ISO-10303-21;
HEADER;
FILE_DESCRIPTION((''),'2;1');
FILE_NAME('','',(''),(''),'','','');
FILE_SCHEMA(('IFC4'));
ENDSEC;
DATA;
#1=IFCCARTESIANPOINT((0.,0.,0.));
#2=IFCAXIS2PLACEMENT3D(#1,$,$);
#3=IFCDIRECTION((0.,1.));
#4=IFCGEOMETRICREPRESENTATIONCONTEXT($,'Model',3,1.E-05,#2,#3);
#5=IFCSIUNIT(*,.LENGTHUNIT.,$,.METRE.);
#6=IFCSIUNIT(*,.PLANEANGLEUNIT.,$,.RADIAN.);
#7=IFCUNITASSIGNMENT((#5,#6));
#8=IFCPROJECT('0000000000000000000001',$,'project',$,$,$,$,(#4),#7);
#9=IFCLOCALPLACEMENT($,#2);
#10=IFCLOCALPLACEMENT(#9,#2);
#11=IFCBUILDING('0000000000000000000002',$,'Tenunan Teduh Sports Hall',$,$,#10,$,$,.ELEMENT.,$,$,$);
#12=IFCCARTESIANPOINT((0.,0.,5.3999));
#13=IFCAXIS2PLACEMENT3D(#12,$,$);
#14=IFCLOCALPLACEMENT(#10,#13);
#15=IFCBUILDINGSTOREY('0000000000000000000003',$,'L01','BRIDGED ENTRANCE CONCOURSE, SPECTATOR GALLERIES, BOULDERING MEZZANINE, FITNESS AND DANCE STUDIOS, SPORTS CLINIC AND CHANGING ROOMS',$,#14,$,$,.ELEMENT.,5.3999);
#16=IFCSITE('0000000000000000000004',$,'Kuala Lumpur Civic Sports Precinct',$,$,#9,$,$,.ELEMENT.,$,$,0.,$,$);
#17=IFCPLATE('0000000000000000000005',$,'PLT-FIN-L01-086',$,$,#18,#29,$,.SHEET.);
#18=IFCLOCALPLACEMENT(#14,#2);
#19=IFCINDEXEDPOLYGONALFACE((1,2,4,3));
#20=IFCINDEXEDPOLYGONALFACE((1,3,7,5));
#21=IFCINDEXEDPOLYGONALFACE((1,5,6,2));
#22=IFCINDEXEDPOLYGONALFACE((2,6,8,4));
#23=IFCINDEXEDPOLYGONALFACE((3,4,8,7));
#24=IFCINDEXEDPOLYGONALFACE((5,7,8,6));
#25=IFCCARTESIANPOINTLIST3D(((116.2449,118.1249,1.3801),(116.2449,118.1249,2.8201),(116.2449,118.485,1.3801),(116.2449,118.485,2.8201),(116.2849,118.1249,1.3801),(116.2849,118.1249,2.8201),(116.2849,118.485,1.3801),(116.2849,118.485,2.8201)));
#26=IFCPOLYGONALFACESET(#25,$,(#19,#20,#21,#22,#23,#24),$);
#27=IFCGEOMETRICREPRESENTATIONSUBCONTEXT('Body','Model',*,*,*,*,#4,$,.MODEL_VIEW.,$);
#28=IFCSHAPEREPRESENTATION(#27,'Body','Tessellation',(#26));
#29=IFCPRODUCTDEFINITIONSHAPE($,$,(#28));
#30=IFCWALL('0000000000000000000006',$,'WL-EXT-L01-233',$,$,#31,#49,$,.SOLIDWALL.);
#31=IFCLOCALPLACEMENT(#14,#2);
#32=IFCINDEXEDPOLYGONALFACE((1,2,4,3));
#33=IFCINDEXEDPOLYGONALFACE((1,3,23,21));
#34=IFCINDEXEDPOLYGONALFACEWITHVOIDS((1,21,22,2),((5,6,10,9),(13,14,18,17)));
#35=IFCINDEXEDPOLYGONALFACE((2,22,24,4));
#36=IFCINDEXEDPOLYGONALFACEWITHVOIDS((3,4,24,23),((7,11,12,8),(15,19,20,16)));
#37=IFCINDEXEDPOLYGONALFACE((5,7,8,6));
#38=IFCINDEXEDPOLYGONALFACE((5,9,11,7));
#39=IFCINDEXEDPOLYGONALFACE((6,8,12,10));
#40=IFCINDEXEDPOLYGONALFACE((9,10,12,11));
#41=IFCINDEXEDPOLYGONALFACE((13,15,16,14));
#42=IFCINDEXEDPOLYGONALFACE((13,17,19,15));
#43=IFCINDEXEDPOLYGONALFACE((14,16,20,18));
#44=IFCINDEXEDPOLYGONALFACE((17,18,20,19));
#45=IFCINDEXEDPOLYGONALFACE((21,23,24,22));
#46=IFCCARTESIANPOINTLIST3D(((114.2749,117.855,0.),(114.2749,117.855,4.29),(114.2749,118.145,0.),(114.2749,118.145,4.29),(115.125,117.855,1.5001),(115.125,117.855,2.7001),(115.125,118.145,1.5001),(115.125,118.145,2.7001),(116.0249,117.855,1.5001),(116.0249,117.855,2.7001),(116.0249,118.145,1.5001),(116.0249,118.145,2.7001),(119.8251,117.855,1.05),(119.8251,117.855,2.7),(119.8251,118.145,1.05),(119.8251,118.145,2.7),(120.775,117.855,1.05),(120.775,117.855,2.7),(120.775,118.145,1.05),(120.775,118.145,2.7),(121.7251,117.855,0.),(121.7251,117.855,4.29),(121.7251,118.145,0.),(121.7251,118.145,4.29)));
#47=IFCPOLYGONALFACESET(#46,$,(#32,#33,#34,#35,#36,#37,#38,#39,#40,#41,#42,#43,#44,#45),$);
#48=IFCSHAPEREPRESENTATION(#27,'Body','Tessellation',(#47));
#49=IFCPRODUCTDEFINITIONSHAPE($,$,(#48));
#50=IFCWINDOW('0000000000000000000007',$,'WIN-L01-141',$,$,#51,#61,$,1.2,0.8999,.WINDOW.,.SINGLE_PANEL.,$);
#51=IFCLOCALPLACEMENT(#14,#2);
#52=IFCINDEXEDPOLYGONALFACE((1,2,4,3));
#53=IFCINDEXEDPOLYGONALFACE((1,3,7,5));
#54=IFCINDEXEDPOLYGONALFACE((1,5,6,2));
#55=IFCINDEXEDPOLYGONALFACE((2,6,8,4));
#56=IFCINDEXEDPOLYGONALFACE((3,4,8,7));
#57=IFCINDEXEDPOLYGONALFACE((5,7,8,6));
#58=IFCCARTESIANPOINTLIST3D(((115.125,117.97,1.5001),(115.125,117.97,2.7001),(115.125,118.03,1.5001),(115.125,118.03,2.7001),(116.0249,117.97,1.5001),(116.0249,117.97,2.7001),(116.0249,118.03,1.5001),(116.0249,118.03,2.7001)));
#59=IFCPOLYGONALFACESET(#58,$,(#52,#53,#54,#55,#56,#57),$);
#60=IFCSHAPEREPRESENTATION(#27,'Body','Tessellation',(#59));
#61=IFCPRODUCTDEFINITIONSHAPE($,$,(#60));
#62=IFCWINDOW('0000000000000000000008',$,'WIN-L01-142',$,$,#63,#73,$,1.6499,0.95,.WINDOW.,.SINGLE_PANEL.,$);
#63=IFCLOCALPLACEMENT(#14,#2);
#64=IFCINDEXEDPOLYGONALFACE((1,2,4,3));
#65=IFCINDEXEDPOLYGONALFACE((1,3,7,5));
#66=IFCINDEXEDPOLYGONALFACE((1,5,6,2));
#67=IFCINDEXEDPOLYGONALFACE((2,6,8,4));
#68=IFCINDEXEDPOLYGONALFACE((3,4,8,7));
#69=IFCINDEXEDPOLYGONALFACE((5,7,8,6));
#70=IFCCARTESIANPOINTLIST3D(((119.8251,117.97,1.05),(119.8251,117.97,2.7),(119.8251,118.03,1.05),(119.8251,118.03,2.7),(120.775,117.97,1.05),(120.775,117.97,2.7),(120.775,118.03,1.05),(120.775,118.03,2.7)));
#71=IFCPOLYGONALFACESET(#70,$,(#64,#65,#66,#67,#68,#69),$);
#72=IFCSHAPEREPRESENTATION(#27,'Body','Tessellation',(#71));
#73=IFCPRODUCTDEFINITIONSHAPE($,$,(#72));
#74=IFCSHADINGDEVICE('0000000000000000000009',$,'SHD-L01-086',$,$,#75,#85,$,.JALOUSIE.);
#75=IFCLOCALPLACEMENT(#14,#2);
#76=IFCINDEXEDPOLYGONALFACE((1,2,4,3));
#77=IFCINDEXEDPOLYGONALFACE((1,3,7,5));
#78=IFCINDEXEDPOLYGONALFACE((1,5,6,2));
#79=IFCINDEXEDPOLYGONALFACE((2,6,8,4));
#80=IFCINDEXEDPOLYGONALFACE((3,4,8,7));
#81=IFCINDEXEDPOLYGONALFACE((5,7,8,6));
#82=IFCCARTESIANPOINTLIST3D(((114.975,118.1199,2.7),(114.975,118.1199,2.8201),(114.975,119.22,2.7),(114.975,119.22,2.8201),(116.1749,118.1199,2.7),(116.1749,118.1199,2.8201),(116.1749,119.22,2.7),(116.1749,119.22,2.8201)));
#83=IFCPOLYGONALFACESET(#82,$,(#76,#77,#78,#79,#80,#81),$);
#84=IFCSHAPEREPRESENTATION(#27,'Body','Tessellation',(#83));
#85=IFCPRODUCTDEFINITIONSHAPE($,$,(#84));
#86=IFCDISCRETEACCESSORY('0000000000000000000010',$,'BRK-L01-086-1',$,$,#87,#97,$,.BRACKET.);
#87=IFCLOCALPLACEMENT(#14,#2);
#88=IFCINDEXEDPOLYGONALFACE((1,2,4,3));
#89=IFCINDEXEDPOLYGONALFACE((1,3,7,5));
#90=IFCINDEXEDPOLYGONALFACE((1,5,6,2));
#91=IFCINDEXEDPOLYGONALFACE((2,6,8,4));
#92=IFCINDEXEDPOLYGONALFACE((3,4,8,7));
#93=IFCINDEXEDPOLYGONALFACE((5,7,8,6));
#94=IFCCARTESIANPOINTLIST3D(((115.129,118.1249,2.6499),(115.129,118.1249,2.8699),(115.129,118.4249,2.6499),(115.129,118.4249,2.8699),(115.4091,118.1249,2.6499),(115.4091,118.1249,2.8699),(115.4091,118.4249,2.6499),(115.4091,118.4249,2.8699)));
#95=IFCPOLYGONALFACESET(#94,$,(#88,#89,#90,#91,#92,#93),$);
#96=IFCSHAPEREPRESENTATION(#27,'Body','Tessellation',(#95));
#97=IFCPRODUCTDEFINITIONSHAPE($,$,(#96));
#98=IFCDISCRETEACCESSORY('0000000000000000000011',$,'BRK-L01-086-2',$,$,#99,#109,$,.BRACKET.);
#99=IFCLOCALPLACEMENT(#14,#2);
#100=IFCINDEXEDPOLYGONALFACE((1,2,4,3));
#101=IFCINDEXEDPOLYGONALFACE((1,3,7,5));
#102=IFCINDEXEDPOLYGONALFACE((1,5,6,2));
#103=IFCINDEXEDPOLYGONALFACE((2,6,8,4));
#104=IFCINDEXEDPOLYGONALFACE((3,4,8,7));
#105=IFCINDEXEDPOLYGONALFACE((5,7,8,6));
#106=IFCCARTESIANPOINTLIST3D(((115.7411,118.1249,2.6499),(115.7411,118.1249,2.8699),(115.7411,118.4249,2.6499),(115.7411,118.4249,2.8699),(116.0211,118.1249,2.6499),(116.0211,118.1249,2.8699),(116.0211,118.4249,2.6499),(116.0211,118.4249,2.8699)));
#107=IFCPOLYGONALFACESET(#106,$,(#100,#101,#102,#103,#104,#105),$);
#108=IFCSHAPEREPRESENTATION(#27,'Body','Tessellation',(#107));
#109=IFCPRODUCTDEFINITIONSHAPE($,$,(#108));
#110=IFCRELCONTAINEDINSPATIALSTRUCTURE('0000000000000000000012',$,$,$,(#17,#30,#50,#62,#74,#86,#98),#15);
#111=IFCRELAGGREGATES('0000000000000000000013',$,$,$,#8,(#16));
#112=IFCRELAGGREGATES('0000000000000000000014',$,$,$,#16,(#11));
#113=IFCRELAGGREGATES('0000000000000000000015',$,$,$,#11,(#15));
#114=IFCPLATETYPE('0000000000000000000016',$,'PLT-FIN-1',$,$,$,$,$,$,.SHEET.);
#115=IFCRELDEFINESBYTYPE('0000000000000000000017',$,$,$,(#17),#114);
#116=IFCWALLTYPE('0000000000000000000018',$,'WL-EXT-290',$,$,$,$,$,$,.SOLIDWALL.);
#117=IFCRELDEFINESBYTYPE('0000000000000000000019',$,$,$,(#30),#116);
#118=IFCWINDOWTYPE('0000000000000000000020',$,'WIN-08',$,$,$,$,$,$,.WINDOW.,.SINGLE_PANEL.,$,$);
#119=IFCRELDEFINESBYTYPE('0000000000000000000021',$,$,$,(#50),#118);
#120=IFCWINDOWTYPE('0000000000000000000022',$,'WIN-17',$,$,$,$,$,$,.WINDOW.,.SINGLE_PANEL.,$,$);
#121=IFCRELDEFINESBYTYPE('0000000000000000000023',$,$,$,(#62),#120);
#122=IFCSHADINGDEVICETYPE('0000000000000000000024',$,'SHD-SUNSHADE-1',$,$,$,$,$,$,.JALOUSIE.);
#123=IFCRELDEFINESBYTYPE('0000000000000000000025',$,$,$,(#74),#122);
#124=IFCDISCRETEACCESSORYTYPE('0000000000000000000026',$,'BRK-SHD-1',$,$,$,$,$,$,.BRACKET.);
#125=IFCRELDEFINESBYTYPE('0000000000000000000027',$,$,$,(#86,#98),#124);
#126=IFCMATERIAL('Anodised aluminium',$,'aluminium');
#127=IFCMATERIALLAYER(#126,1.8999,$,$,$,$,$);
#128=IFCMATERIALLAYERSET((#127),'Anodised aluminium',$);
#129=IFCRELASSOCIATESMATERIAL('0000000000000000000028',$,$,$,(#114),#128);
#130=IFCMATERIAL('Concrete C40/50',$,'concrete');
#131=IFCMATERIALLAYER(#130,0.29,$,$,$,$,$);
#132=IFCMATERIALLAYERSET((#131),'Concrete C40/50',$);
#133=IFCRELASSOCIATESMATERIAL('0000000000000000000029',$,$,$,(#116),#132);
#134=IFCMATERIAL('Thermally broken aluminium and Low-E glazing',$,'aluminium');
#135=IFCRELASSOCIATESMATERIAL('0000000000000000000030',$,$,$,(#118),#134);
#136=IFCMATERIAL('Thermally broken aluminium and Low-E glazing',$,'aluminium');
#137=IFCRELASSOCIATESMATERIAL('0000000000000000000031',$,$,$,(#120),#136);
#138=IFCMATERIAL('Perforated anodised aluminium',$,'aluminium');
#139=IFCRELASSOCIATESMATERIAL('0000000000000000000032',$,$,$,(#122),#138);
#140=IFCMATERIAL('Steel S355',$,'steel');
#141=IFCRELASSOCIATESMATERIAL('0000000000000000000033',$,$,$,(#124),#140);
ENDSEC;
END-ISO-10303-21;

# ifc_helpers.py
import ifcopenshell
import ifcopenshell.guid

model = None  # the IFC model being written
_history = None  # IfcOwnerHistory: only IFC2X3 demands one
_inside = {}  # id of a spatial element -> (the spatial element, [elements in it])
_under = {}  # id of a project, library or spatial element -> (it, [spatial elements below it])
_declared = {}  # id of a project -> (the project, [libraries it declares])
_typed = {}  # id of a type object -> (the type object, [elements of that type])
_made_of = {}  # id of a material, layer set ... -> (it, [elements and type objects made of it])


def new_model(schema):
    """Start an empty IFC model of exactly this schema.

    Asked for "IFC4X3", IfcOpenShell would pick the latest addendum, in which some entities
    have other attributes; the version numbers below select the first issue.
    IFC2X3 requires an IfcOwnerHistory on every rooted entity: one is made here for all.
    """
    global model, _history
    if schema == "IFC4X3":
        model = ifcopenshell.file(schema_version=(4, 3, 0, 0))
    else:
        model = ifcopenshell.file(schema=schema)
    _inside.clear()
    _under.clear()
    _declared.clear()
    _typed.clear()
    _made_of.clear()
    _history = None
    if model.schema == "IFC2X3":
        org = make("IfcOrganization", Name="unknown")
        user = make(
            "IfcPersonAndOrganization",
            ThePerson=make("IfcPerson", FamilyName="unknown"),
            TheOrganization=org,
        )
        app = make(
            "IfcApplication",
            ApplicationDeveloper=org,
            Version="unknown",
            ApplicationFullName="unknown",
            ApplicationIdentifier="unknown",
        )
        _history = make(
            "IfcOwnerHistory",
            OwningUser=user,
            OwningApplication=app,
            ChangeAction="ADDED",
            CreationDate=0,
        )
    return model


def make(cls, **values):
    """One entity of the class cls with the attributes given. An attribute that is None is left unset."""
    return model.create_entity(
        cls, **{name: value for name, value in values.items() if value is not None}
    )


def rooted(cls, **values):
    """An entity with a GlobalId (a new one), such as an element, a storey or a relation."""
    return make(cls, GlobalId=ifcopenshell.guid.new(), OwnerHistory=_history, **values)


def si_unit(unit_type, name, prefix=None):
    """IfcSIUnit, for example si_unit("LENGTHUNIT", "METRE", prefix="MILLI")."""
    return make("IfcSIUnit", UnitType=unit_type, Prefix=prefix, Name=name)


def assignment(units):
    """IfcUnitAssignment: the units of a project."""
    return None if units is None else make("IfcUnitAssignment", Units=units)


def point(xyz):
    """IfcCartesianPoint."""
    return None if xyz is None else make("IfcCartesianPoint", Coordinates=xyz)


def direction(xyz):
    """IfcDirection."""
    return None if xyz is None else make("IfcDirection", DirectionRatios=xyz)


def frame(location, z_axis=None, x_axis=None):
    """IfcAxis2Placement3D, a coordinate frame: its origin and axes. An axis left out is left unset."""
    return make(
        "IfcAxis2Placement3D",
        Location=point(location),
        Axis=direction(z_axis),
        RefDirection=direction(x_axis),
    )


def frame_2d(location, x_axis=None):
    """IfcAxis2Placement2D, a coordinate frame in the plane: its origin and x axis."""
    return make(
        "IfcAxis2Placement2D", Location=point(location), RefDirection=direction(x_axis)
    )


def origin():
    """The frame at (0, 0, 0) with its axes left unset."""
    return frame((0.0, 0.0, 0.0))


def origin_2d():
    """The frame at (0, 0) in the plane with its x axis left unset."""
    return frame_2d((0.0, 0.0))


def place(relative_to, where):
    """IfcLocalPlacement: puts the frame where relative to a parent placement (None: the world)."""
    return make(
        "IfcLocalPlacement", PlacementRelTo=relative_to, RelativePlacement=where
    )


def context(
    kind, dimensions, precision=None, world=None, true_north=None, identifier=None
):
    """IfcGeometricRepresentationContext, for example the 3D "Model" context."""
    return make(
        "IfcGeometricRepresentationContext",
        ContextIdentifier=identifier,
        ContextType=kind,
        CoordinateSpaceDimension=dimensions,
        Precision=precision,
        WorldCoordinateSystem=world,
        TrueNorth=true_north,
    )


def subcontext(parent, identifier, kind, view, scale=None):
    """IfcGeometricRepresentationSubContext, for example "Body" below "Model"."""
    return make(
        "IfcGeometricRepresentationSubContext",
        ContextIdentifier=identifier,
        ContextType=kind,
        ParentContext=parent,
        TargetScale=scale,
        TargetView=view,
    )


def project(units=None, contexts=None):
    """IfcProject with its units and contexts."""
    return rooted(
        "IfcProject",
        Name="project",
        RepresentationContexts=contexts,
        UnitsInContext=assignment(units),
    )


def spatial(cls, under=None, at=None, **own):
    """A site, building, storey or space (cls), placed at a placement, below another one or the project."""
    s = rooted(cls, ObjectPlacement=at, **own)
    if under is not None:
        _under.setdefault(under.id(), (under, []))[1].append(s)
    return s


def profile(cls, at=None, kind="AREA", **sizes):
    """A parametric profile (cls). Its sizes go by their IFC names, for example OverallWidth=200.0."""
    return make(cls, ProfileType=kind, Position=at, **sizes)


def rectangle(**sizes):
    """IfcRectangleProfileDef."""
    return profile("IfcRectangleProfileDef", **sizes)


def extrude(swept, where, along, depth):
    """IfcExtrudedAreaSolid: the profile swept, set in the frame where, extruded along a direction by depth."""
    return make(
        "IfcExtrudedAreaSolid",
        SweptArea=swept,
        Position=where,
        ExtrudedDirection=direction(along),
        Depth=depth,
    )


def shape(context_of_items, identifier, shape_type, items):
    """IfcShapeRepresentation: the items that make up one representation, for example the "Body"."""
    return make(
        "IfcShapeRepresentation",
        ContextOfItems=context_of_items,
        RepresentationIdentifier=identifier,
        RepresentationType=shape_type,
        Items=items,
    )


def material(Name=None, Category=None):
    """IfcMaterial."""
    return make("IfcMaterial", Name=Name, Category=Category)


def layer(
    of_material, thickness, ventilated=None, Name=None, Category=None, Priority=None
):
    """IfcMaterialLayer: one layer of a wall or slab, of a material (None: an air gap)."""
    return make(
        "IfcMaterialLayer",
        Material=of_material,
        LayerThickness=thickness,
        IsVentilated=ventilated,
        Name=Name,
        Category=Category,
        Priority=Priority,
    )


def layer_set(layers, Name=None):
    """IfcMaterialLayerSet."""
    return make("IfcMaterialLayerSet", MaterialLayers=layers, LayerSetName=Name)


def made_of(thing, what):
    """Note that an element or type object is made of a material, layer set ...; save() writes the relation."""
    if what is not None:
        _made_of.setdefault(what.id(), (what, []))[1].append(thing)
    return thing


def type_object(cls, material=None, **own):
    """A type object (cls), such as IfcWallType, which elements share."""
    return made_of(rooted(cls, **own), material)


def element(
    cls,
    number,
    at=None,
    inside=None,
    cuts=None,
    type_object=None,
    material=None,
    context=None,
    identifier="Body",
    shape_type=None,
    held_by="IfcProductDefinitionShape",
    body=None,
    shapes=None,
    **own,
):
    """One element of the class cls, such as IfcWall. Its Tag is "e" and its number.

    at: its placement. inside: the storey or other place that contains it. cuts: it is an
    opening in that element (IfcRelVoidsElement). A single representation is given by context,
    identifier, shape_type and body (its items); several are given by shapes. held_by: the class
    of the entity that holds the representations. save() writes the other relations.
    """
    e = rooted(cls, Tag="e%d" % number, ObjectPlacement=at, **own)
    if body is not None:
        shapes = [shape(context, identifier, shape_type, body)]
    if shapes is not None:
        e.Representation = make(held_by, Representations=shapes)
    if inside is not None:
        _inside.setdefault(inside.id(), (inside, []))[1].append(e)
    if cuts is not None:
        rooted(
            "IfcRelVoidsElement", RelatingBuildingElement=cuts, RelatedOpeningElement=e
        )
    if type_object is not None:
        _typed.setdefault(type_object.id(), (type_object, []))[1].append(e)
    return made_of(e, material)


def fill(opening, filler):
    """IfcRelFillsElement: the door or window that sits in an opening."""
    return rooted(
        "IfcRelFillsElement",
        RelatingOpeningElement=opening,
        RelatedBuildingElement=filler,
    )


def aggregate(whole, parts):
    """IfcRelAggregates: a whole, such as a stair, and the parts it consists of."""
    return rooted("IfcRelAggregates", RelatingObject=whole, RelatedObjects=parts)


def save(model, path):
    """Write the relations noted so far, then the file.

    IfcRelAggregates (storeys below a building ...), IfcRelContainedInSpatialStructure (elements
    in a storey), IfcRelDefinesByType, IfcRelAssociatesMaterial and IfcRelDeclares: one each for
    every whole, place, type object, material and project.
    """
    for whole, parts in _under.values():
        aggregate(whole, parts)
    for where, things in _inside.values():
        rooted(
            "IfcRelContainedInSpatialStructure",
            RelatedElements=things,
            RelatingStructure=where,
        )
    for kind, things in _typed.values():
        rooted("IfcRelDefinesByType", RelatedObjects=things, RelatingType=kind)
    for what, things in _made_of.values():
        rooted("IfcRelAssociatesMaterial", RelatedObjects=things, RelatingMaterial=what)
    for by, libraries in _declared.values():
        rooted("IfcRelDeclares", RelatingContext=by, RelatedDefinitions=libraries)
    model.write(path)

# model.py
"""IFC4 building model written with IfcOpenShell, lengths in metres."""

from ifc_helpers import new_model, si_unit, direction, frame, frame_2d, origin, origin_2d, place, context, subcontext, project, spatial, rectangle, extrude, material, layer, layer_set, type_object, element, fill, save


model = new_model("IFC4")

# Units and contexts
model_context = context("Model", 3, precision=1e-05, world=origin(), true_north=direction((0.0, 1.0)))
body_context = subcontext(model_context, "Body", "Model", "MODEL_VIEW")
ifc_project = project(units=[si_unit("LENGTHUNIT", "METRE"), si_unit("PLANEANGLEUNIT", "RADIAN")], contexts=[model_context])

# Site, building, storey
site_placement = place(None, origin())
site = spatial("IfcSite", under=ifc_project, at=site_placement, Name="Kuala Lumpur Civic Sports Precinct", CompositionType="ELEMENT", RefElevation=0.0)
building_placement = place(site_placement, origin())
building = spatial("IfcBuilding", under=site, at=building_placement, Name="Tenunan Teduh Sports Hall", CompositionType="ELEMENT")
storey_placement = place(building_placement, frame((0.0, 0.0, 5.3999)))
storey = spatial("IfcBuildingStorey", under=building, at=storey_placement, Name="L01", Description="BRIDGED ENTRANCE CONCOURSE, SPECTATOR GALLERIES, BOULDERING MEZZANINE, FITNESS AND DANCE STUDIOS, SPORTS CLINIC AND CHANGING ROOMS", CompositionType="ELEMENT", Elevation=5.3999)

# Plate
ifc_material_1 = material(Name="Anodised aluminium", Category="aluminium")
ifc_layer_1 = layer(ifc_material_1, 1.8999)
ifc_layer_set_1 = layer_set([ifc_layer_1], Name="Anodised aluminium")
plate_type_1 = type_object("IfcPlateType", Name="PLT-FIN-1", PredefinedType="SHEET", material=ifc_layer_set_1)
plate_1_placement = place(storey_placement, frame((116.2649, 118.3049, 1.3801), z_axis=(0.0, 0.0, 1.0), x_axis=(1.0, 0.0, 0.0)))
element("IfcPlate", 1, at=plate_1_placement, inside=storey, type_object=plate_type_1, Name="PLT-FIN-L01-086", PredefinedType="SHEET", context=body_context, shape_type="SweptSolid", body=[
    extrude(rectangle(XDim=0.04, YDim=0.3601, at=origin_2d()), origin(), (0.0, 0.0, 1.0), 1.4399),
])

# Wall, openings, windows
ifc_material_2 = material(Name="Concrete C40/50", Category="concrete")
ifc_layer_2 = layer(ifc_material_2, 0.29)
ifc_layer_set_2 = layer_set([ifc_layer_2], Name="Concrete C40/50")
wall_type = type_object("IfcWallType", Name="WL-EXT-290", PredefinedType="SOLIDWALL", material=ifc_layer_set_2)
wall_placement = place(storey_placement, frame((114.2749, 118.0, 0.0), z_axis=(0.0, 0.0, 1.0), x_axis=(1.0, 0.0, 0.0)))
wall = element("IfcWall", 2, at=wall_placement, inside=storey, type_object=wall_type, Name="WL-EXT-L01-233", PredefinedType="SOLIDWALL", context=body_context, shape_type="SweptSolid", body=[
    extrude(rectangle(XDim=7.4502, YDim=0.29, at=frame_2d((3.7251, 0.0))), origin(), (0.0, 0.0, 1.0), 4.29),
])
opening_1_placement = place(wall_placement, frame((0.8501, 0.0, 1.5)))
opening_1 = element("IfcOpeningElement", 3, at=opening_1_placement, cuts=wall, PredefinedType="OPENING", context=body_context, shape_type="SweptSolid", body=[
    extrude(rectangle(XDim=0.8999, YDim=1.2, at=frame_2d((0.45, 0.6001))), frame((0.0, 0.155, 0.0), z_axis=(0.0, -1.0, 0.0), x_axis=(1.0, 0.0, 0.0)), (0.0, 0.0, 1.0), 0.3101),
])
opening_2_placement = place(wall_placement, frame((5.55, 0.0, 1.05)))
opening_2 = element("IfcOpeningElement", 4, at=opening_2_placement, cuts=wall, PredefinedType="OPENING", context=body_context, shape_type="SweptSolid", body=[
    extrude(rectangle(XDim=0.95, YDim=1.6499, at=frame_2d((0.4751, 0.825))), frame((0.0, 0.155, 0.0), z_axis=(0.0, -1.0, 0.0), x_axis=(1.0, 0.0, 0.0)), (0.0, 0.0, 1.0), 0.3101),
])
ifc_material_3 = material(Name="Thermally broken aluminium and Low-E glazing", Category="aluminium")
window_type_1 = type_object("IfcWindowType", Name="WIN-08", PartitioningType="SINGLE_PANEL", PredefinedType="WINDOW", material=ifc_material_3)
window_1_placement = place(opening_1_placement, origin())
window_1 = element("IfcWindow", 5, at=window_1_placement, inside=storey, type_object=window_type_1, Name="WIN-L01-141", OverallHeight=1.2, OverallWidth=0.8999, PartitioningType="SINGLE_PANEL", PredefinedType="WINDOW", context=body_context, shape_type="SweptSolid", body=[
    extrude(rectangle(XDim=0.8999, YDim=1.2, at=frame_2d((0.45, 0.6001))), frame((0.0, 0.03, 0.0), z_axis=(0.0, -1.0, 0.0), x_axis=(1.0, 0.0, 0.0)), (0.0, 0.0, 1.0), 0.0601),
])
fill(opening_1, window_1)
ifc_material_4 = material(Name="Thermally broken aluminium and Low-E glazing", Category="aluminium")
window_type_2 = type_object("IfcWindowType", Name="WIN-17", PartitioningType="SINGLE_PANEL", PredefinedType="WINDOW", material=ifc_material_4)
window_2_placement = place(opening_2_placement, origin())
window_2 = element("IfcWindow", 6, at=window_2_placement, inside=storey, type_object=window_type_2, Name="WIN-L01-142", OverallHeight=1.6499, OverallWidth=0.95, PartitioningType="SINGLE_PANEL", PredefinedType="WINDOW", context=body_context, shape_type="SweptSolid", body=[
    extrude(rectangle(XDim=0.95, YDim=1.6499, at=frame_2d((0.4751, 0.825))), frame((0.0, 0.03, 0.0), z_axis=(0.0, -1.0, 0.0), x_axis=(1.0, 0.0, 0.0)), (0.0, 0.0, 1.0), 0.0601),
])
fill(opening_2, window_2)

# Shading device
ifc_material_5 = material(Name="Perforated anodised aluminium", Category="aluminium")
shading_device_type = type_object("IfcShadingDeviceType", Name="SHD-SUNSHADE-1", PredefinedType="JALOUSIE", material=ifc_material_5)
shading_device_placement = place(storey_placement, frame((115.575, 118.6699, 2.7), z_axis=(0.0, 0.0, 1.0), x_axis=(1.0, 0.0, 0.0)))
element("IfcShadingDevice", 7, at=shading_device_placement, inside=storey, type_object=shading_device_type, Name="SHD-L01-086", PredefinedType="JALOUSIE", context=body_context, shape_type="SweptSolid", body=[
    extrude(rectangle(XDim=1.2, YDim=1.1001, at=origin_2d()), origin(), (0.0, 0.0, 1.0), 0.1201),
])

# Discrete accessories
ifc_material_6 = material(Name="Steel S355", Category="steel")
discrete_accessory_type = type_object("IfcDiscreteAccessoryType", Name="BRK-SHD-1", PredefinedType="BRACKET", material=ifc_material_6)
for number, where, z_axis, x_axis, name in (
    (8, (115.269, 118.2749, 2.6499), (0.0, 0.0, 1.0), (1.0, 0.0, 0.0), "BRK-L01-086-1"),
    (9, (115.8811, 118.2749, 2.6499), (0.0, 0.0, 1.0), (1.0, 0.0, 0.0), "BRK-L01-086-2"),
):
    element("IfcDiscreteAccessory", number, at=place(storey_placement, frame(where, z_axis=z_axis, x_axis=x_axis)), inside=storey, type_object=discrete_accessory_type, Name=name, PredefinedType="BRACKET", context=body_context, shape_type="SweptSolid", body=[
        extrude(rectangle(XDim=0.28, YDim=0.3, at=origin_2d()), origin(), (0.0, 0.0, 1.0), 0.22),
    ])

save(model, "model.ifc")
